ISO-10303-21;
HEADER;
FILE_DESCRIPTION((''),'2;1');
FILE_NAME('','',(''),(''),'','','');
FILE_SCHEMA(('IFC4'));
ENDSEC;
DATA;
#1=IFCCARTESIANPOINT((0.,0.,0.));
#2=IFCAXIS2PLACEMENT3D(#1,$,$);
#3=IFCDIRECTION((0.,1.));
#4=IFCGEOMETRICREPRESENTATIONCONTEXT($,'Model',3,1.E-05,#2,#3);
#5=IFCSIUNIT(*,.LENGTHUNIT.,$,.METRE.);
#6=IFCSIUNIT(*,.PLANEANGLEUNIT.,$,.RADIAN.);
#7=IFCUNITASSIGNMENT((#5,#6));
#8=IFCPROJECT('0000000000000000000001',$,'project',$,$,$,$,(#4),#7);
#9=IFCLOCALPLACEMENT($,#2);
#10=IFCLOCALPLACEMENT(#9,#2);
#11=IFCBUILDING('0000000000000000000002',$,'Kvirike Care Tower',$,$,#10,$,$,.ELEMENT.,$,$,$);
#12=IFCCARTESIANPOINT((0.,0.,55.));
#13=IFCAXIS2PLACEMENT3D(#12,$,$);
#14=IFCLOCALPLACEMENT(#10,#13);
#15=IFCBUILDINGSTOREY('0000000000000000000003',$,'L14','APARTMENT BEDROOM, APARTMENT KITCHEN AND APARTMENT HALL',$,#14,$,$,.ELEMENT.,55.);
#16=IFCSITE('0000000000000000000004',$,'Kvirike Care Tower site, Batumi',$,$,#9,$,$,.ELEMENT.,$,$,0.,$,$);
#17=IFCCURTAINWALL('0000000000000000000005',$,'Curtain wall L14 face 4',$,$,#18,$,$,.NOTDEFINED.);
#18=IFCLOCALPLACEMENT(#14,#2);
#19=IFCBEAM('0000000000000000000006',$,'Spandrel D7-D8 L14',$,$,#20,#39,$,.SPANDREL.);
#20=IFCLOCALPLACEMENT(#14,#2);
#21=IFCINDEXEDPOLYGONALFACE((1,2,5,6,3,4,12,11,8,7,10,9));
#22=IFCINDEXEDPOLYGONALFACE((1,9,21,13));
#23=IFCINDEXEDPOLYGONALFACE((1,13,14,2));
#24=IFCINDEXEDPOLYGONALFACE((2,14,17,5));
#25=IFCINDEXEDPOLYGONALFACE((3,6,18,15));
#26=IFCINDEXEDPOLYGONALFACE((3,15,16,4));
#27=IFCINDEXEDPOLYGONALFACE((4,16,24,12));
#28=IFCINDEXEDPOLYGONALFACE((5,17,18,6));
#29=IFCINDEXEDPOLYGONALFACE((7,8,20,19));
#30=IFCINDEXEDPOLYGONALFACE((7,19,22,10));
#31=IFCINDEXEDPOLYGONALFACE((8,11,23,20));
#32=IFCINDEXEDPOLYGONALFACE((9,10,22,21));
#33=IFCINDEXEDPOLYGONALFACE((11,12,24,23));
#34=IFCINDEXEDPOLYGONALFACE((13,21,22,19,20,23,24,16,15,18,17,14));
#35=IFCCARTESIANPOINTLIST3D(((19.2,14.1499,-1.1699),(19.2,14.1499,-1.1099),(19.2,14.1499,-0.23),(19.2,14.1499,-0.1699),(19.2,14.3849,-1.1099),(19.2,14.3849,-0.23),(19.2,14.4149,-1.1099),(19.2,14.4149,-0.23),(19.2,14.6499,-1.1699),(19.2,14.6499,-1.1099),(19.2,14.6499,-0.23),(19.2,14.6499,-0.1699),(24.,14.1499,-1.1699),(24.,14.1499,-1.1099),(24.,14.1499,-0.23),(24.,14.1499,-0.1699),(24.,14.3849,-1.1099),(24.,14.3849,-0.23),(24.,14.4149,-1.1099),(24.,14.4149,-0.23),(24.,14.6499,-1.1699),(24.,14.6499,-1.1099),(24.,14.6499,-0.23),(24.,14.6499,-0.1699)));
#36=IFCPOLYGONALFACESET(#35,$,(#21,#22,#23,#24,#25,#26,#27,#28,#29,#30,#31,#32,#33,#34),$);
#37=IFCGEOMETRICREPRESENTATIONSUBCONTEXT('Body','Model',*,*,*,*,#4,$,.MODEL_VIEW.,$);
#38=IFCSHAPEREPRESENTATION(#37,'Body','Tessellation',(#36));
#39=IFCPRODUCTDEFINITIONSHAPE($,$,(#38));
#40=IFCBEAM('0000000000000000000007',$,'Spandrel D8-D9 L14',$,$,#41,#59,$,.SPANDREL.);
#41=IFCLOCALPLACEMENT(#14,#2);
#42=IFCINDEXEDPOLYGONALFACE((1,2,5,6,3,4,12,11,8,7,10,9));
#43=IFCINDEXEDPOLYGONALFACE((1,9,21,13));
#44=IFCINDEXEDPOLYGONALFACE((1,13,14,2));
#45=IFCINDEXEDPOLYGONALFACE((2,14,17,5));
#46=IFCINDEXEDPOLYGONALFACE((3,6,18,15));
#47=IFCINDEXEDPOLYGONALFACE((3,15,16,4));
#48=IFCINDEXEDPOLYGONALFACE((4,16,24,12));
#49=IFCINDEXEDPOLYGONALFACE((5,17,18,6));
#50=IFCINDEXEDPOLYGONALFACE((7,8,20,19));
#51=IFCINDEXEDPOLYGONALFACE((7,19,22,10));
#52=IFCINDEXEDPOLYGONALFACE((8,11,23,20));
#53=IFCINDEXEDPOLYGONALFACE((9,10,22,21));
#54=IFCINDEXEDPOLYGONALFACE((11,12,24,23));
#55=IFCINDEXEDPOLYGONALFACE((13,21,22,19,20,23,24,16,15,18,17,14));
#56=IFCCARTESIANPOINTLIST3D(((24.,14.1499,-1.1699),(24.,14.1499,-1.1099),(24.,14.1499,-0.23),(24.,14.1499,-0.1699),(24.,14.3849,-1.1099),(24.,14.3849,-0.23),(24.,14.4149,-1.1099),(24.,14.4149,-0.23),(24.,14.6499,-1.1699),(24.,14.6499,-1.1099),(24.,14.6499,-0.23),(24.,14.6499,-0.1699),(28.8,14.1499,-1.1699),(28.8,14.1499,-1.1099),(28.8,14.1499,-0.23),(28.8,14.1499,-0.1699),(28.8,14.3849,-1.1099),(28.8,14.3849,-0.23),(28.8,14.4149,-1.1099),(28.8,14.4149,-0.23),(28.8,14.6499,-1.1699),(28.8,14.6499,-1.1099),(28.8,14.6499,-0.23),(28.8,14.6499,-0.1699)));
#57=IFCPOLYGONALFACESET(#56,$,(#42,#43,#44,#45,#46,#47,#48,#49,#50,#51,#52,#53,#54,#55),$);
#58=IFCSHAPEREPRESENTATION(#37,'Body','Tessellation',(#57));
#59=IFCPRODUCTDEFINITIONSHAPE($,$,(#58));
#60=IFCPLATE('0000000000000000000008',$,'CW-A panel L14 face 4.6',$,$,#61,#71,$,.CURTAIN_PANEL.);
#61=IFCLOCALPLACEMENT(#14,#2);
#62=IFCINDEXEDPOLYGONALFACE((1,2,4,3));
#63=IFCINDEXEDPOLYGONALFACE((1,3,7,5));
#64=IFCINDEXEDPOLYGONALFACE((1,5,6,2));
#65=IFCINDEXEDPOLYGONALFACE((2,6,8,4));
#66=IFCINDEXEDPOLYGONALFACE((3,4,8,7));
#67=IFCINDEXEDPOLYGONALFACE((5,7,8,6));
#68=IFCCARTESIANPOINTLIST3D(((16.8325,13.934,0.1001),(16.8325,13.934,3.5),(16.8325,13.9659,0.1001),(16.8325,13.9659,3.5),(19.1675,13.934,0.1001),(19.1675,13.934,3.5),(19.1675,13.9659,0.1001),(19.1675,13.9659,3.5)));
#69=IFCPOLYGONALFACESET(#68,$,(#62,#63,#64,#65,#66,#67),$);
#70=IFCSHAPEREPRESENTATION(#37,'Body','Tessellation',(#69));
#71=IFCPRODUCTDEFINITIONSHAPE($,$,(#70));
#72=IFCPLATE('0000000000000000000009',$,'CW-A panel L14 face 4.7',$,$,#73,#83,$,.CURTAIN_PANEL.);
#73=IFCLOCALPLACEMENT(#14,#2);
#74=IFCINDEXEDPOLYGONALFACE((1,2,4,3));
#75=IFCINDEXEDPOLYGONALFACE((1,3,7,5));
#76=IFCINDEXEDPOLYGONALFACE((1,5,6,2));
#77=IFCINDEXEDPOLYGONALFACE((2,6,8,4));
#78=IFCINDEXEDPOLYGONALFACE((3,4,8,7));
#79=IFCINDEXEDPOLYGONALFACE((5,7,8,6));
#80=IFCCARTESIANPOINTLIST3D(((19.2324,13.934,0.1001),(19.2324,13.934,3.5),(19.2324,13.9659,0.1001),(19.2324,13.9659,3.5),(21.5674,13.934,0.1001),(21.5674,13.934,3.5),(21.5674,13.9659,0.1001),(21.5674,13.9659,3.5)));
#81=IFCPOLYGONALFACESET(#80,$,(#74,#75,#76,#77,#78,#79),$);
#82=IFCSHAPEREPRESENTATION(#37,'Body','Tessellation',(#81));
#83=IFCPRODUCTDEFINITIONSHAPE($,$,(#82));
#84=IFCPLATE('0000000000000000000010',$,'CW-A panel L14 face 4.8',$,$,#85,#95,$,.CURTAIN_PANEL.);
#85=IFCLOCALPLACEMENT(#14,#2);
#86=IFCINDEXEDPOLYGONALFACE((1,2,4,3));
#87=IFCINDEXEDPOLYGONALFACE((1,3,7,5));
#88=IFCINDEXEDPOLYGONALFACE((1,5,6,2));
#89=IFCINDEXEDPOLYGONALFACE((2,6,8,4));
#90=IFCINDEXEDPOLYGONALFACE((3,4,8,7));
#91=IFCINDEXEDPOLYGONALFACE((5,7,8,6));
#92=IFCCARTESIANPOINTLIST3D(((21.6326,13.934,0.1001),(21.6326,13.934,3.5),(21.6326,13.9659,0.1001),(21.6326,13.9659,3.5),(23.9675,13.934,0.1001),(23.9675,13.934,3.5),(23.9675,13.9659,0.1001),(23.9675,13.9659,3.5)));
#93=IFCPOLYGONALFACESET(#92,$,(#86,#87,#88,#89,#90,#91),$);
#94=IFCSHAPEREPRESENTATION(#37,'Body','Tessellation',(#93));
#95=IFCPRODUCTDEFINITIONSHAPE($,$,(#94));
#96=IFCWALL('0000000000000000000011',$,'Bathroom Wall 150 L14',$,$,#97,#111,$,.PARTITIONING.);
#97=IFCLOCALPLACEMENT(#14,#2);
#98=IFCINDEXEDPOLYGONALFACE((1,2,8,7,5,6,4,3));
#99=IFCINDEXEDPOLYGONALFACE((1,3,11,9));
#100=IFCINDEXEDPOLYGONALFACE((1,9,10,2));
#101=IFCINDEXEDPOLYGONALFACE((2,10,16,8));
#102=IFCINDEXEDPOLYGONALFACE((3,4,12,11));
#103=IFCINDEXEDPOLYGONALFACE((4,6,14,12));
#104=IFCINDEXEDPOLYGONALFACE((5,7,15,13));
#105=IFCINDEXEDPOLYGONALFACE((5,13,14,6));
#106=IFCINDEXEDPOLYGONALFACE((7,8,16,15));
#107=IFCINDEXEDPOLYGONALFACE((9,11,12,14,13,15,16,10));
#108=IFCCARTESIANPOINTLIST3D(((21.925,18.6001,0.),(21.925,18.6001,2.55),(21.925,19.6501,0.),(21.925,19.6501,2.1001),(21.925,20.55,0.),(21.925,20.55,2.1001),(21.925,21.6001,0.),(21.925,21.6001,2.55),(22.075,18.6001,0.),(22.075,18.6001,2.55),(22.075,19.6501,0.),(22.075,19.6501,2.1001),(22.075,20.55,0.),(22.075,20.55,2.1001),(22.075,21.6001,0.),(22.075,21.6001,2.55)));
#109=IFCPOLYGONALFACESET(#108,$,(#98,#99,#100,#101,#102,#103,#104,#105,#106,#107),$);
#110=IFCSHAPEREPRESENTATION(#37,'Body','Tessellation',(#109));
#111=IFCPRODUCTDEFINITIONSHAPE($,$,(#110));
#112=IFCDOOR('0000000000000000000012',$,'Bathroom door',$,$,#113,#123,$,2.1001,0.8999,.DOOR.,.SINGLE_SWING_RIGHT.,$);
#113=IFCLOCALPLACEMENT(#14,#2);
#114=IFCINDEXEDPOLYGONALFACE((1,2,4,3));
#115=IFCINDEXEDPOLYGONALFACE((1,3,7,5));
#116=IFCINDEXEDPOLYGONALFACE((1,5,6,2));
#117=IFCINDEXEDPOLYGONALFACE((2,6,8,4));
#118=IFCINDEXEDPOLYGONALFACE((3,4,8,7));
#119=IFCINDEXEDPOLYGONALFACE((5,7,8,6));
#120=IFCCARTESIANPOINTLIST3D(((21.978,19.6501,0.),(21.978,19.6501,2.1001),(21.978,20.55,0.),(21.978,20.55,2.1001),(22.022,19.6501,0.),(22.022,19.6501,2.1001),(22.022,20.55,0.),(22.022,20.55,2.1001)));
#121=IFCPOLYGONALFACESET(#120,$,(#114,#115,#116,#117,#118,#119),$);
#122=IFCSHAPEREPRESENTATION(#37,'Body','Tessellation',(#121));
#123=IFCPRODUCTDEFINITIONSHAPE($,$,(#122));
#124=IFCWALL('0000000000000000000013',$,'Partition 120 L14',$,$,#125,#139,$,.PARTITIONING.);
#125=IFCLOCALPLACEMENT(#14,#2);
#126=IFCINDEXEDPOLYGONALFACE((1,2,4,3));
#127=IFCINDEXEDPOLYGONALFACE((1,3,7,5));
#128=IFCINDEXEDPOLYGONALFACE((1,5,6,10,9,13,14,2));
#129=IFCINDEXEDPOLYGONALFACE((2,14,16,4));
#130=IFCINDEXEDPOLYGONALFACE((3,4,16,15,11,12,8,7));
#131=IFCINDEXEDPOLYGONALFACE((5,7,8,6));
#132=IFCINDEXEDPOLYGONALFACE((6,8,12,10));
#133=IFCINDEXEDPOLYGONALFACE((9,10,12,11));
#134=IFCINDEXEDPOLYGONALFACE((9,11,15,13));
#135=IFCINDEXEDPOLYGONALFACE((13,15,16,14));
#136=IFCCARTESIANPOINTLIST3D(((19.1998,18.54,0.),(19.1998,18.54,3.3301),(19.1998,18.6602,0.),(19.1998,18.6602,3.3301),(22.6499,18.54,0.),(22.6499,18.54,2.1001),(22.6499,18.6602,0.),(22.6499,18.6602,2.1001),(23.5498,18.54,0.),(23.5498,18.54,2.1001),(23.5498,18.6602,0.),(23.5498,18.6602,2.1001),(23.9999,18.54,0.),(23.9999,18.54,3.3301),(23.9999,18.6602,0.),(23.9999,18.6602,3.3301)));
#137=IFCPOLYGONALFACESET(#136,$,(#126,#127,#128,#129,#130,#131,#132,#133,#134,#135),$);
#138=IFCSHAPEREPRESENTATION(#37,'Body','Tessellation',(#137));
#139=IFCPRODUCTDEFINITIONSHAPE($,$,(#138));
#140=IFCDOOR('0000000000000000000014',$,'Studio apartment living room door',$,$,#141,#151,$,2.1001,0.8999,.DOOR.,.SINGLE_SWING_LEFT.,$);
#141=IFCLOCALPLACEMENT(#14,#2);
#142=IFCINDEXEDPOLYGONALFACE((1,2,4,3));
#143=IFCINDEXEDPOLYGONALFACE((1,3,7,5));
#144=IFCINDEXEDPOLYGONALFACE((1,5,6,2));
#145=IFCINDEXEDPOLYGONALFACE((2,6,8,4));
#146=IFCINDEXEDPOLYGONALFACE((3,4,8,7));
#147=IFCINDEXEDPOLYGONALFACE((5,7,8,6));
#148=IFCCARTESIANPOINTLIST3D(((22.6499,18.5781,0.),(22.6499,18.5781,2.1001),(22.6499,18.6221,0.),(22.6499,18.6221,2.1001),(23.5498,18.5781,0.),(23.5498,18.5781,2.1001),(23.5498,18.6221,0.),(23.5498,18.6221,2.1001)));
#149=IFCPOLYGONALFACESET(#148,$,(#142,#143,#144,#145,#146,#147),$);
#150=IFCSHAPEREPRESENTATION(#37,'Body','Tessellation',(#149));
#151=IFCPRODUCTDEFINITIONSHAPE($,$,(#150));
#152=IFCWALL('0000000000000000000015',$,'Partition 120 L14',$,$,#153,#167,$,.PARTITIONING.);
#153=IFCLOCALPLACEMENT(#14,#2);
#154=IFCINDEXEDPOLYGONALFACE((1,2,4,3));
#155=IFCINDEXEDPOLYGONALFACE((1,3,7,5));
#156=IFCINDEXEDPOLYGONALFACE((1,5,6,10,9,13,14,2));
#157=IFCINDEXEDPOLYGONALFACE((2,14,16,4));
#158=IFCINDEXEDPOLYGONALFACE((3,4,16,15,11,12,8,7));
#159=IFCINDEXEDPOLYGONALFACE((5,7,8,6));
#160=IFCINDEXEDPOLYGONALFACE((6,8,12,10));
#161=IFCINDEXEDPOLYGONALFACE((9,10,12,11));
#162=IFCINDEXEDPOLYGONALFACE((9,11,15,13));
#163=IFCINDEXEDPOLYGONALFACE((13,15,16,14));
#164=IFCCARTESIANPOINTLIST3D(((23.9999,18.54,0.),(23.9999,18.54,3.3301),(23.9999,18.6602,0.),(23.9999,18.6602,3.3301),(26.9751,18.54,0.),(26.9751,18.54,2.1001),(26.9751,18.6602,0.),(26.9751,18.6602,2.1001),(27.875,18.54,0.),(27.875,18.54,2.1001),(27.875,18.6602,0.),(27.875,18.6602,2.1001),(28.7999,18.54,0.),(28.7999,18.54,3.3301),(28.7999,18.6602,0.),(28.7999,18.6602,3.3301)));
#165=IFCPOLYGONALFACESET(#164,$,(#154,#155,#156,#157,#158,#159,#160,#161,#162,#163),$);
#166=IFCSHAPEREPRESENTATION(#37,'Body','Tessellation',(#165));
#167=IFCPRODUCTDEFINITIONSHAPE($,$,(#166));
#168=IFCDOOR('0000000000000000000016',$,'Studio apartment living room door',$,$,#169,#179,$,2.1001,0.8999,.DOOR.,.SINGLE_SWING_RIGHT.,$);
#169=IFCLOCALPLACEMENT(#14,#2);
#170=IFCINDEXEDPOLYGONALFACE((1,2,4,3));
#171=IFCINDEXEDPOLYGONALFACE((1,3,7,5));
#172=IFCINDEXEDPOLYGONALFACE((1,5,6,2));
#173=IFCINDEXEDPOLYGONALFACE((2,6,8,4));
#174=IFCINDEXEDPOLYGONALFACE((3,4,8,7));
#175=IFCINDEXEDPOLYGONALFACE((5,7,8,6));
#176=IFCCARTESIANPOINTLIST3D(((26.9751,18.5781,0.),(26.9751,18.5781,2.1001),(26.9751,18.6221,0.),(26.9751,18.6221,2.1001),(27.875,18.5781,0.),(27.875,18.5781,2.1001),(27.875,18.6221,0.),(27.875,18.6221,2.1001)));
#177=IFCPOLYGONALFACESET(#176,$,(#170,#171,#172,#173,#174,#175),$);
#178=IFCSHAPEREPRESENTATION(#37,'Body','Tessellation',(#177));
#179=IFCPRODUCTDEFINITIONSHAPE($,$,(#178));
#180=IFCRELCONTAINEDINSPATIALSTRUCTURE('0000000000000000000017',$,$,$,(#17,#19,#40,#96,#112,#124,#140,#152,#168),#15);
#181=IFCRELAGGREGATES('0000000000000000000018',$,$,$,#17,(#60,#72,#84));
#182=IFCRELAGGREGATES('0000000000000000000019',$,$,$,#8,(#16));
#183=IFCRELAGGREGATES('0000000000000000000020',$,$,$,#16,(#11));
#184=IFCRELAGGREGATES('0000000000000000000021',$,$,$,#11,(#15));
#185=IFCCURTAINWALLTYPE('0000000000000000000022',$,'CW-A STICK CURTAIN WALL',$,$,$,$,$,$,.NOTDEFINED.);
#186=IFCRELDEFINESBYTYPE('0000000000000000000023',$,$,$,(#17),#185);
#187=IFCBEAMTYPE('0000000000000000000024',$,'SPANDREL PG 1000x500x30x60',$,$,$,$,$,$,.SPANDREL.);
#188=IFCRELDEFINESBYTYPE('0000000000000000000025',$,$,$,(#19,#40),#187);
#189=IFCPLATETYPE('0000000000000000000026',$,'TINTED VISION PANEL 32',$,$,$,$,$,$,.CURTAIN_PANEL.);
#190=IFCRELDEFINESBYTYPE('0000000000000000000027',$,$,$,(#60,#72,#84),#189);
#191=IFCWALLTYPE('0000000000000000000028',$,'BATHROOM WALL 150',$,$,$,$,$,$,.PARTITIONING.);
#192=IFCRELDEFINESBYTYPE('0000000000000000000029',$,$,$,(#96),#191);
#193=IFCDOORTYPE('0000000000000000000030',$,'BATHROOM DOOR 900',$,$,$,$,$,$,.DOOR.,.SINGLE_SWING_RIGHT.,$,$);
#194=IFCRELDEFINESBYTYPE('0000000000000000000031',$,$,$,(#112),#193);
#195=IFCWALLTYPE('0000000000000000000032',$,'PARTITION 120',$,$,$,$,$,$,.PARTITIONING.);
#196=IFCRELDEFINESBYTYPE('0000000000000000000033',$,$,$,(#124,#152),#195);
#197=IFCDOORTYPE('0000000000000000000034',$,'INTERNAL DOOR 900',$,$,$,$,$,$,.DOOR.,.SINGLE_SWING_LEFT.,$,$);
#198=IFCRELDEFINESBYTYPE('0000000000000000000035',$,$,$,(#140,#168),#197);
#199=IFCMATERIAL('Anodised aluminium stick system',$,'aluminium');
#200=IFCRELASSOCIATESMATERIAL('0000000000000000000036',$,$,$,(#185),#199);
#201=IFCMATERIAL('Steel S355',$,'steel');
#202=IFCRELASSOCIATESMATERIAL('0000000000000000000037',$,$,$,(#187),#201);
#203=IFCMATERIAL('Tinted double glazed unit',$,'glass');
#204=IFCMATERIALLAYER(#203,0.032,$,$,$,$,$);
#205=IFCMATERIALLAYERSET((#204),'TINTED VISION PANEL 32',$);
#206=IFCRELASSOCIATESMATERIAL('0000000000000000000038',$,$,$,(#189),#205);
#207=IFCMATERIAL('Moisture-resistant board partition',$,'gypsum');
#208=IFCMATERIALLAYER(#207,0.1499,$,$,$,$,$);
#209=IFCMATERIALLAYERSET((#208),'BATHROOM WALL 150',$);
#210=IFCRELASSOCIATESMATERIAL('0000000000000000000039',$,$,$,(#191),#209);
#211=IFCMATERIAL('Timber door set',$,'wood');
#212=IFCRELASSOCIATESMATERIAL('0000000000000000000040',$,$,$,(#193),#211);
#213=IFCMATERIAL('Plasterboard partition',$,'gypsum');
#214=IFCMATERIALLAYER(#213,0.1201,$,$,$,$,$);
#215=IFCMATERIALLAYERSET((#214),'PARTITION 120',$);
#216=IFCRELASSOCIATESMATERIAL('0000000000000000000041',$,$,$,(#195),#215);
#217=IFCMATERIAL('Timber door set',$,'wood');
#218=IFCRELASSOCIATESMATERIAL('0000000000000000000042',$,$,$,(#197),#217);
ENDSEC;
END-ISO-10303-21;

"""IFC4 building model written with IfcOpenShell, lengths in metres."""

from ifc_helpers import new_model, si_unit, direction, frame, frame_2d, origin, origin_2d, place, context, subcontext, project, spatial, rectangle, i_section, extrude, material, layer, layer_set, material_profile, profile_set, type_object, element, fill, aggregate, save


model = new_model("IFC4")

# Units and contexts
model_context = context("Model", 3, precision=1e-05, world=origin(), true_north=direction((0.0, 1.0)))
body_context = subcontext(model_context, "Body", "Model", "MODEL_VIEW")
ifc_project = project(units=[si_unit("LENGTHUNIT", "METRE"), si_unit("PLANEANGLEUNIT", "RADIAN")], contexts=[model_context])

# Site, building, storey
site_placement = place(None, origin())
site = spatial("IfcSite", under=ifc_project, at=site_placement, Name="Kvirike Care Tower site, Batumi", CompositionType="ELEMENT", RefElevation=0.0)
building_placement = place(site_placement, origin())
building = spatial("IfcBuilding", under=site, at=building_placement, Name="Kvirike Care Tower", CompositionType="ELEMENT")
storey_placement = place(building_placement, frame((0.0, 0.0, 55.0)))
storey = spatial("IfcBuildingStorey", under=building, at=storey_placement, Name="L14", Description="APARTMENT BEDROOM, APARTMENT KITCHEN AND APARTMENT HALL", CompositionType="ELEMENT", Elevation=55.0)

# Curtain wall
ifc_material_1 = material(Name="Anodised aluminium stick system", Category="aluminium")
curtain_wall_type = type_object("IfcCurtainWallType", Name="CW-A STICK CURTAIN WALL", PredefinedType="NOTDEFINED", material=ifc_material_1)
curtain_wall_placement = place(storey_placement, origin())
curtain_wall = element("IfcCurtainWall", 1, at=curtain_wall_placement, inside=storey, type_object=curtain_wall_type, Name="Curtain wall L14 face 4", PredefinedType="NOTDEFINED")

# Beams
ifc_material_2 = material(Name="Steel S355", Category="steel")
ifc_material_profile_1 = material_profile(ifc_material_2, i_section(OverallWidth=0.5, OverallDepth=1.0, WebThickness=0.03, FlangeThickness=0.0601, at=origin_2d()), Name="PG 1000x500x30x60")
ifc_profile_set_1 = profile_set([ifc_material_profile_1], Name="Steel S355")
beam_type_1 = type_object("IfcBeamType", Name="SPANDREL PG 1000x500x30x60", PredefinedType="SPANDREL", material=ifc_profile_set_1)
for number, where, z_axis, x_axis, name in (
    (2, (19.2, 14.3999, -0.6699), (1.0, 0.0, 0.0), (0.0, 1.0, 0.0), "Spandrel D7-D8 L14"),
    (3, (24.0, 14.3999, -0.6699), (1.0, 0.0, 0.0), (0.0, 1.0, 0.0), "Spandrel D8-D9 L14"),
):
    element("IfcBeam", number, at=place(storey_placement, frame(where, z_axis=z_axis, x_axis=x_axis)), inside=storey, type_object=beam_type_1, Name=name, PredefinedType="SPANDREL", context=body_context, shape_type="SweptSolid", body=[
        extrude(i_section(OverallWidth=0.5, OverallDepth=1.0, WebThickness=0.03, FlangeThickness=0.0601, at=origin_2d()), origin(), (0.0, 0.0, 1.0), 4.8),
    ])

# Plates
ifc_material_3 = material(Name="Tinted double glazed unit", Category="glass")
ifc_layer_1 = layer(ifc_material_3, 0.032)
ifc_layer_set_1 = layer_set([ifc_layer_1], Name="TINTED VISION PANEL 32")
plate_type = type_object("IfcPlateType", Name="TINTED VISION PANEL 32", PredefinedType="CURTAIN_PANEL", material=ifc_layer_set_1)
plate_1_placement = place(storey_placement, frame((18.0, 13.95, 0.1001), z_axis=(0.0, 0.0, 1.0), x_axis=(1.0, 0.0, 0.0)))
plate_1 = element("IfcPlate", 4, at=plate_1_placement, type_object=plate_type, Name="CW-A panel L14 face 4.6", PredefinedType="CURTAIN_PANEL", context=body_context, shape_type="SweptSolid", body=[
    extrude(rectangle(XDim=2.335, YDim=0.032, at=origin_2d()), origin(), (0.0, 0.0, 1.0), 3.3999),
])
plate_2_placement = place(storey_placement, frame((20.3999, 13.95, 0.1001), z_axis=(0.0, 0.0, 1.0), x_axis=(1.0, 0.0, 0.0)))
plate_2 = element("IfcPlate", 5, at=plate_2_placement, type_object=plate_type, Name="CW-A panel L14 face 4.7", PredefinedType="CURTAIN_PANEL", context=body_context, shape_type="SweptSolid", body=[
    extrude(rectangle(XDim=2.335, YDim=0.032, at=origin_2d()), origin(), (0.0, 0.0, 1.0), 3.3999),
])
plate_3_placement = place(storey_placement, frame((22.8, 13.95, 0.1001), z_axis=(0.0, 0.0, 1.0), x_axis=(1.0, 0.0, 0.0)))
plate_3 = element("IfcPlate", 6, at=plate_3_placement, type_object=plate_type, Name="CW-A panel L14 face 4.8", PredefinedType="CURTAIN_PANEL", context=body_context, shape_type="SweptSolid", body=[
    extrude(rectangle(XDim=2.335, YDim=0.032, at=origin_2d()), origin(), (0.0, 0.0, 1.0), 3.3999),
])
aggregate(curtain_wall, [plate_1, plate_2, plate_3])

# Walls, openings, doors
ifc_material_4 = material(Name="Moisture-resistant board partition", Category="gypsum")
ifc_layer_2 = layer(ifc_material_4, 0.1499)
ifc_layer_set_2 = layer_set([ifc_layer_2], Name="BATHROOM WALL 150")
wall_type_1 = type_object("IfcWallType", Name="BATHROOM WALL 150", PredefinedType="PARTITIONING", material=ifc_layer_set_2)
wall_1_placement = place(storey_placement, frame((22.0, 18.6001, 0.0), z_axis=(0.0, 0.0, 1.0), x_axis=(0.0, 1.0, 0.0)))
wall_1 = element("IfcWall", 7, at=wall_1_placement, inside=storey, type_object=wall_type_1, Name="Bathroom Wall 150 L14", PredefinedType="PARTITIONING", context=body_context, shape_type="SweptSolid", body=[
    extrude(rectangle(XDim=3.0, YDim=0.1499, at=frame_2d((1.5, 0.0))), origin(), (0.0, 0.0, 1.0), 2.55),
])
opening_1_placement = place(wall_1_placement, frame((1.05, 0.0, 0.0)))
opening_1 = element("IfcOpeningElement", 8, at=opening_1_placement, cuts=wall_1, PredefinedType="OPENING", context=body_context, shape_type="SweptSolid", body=[
    extrude(rectangle(XDim=0.8999, YDim=2.1001, at=frame_2d((0.45, 1.05))), frame((0.0, 0.0854, 0.0), z_axis=(0.0, -1.0, 0.0), x_axis=(1.0, 0.0, 0.0)), (0.0, 0.0, 1.0), 0.1709),
])
ifc_material_5 = material(Name="Timber door set", Category="wood")
door_type_1 = type_object("IfcDoorType", Name="BATHROOM DOOR 900", OperationType="SINGLE_SWING_RIGHT", PredefinedType="DOOR", material=ifc_material_5)
door_1_placement = place(opening_1_placement, origin())
door_1 = element("IfcDoor", 9, at=door_1_placement, inside=storey, type_object=door_type_1, Name="Bathroom door", OperationType="SINGLE_SWING_RIGHT", OverallHeight=2.1001, OverallWidth=0.8999, PredefinedType="DOOR", context=body_context, shape_type="SweptSolid", body=[
    extrude(rectangle(XDim=0.8999, YDim=2.1001, at=frame_2d((0.45, 1.05))), frame((0.0, 0.022, 0.0), z_axis=(0.0, -1.0, 0.0), x_axis=(1.0, 0.0, 0.0)), (0.0, 0.0, 1.0), 0.0439),
])
fill(opening_1, door_1)
ifc_material_6 = material(Name="Plasterboard partition", Category="gypsum")
ifc_layer_3 = layer(ifc_material_6, 0.1201)
ifc_layer_set_3 = layer_set([ifc_layer_3], Name="PARTITION 120")
wall_type_2 = type_object("IfcWallType", Name="PARTITION 120", PredefinedType="PARTITIONING", material=ifc_layer_set_3)
wall_2_placement = place(storey_placement, frame((19.2, 18.6001, 0.0), z_axis=(0.0, 0.0, 1.0), x_axis=(1.0, 0.0, 0.0)))
wall_2 = element("IfcWall", 10, at=wall_2_placement, inside=storey, type_object=wall_type_2, Name="Partition 120 L14", PredefinedType="PARTITIONING", context=body_context, shape_type="SweptSolid", body=[
    extrude(rectangle(XDim=4.8, YDim=0.1201, at=frame_2d((2.3999, 0.0))), origin(), (0.0, 0.0, 1.0), 3.3301),
])
opening_2_placement = place(wall_2_placement, frame((3.45, 0.0, 0.0)))
opening_2 = element("IfcOpeningElement", 11, at=opening_2_placement, cuts=wall_2, PredefinedType="OPENING", context=body_context, shape_type="SweptSolid", body=[
    extrude(rectangle(XDim=0.8999, YDim=2.1001, at=frame_2d((0.45, 1.05))), frame((0.0, 0.0706, 0.0), z_axis=(0.0, -1.0, 0.0), x_axis=(1.0, 0.0, 0.0)), (0.0, 0.0, 1.0), 0.1411),
])
ifc_material_7 = material(Name="Timber door set", Category="wood")
door_type_2 = type_object("IfcDoorType", Name="INTERNAL DOOR 900", OperationType="SINGLE_SWING_LEFT", PredefinedType="DOOR", material=ifc_material_7)
door_2_placement = place(opening_2_placement, frame((0.8999, 0.0, 0.0), z_axis=(0.0, 0.0, 1.0), x_axis=(-1.0, 0.0, 0.0)))
door_2 = element("IfcDoor", 12, at=door_2_placement, inside=storey, type_object=door_type_2, Name="Studio apartment living room door", OperationType="SINGLE_SWING_LEFT", OverallHeight=2.1001, OverallWidth=0.8999, PredefinedType="DOOR", context=body_context, shape_type="SweptSolid", body=[
    extrude(rectangle(XDim=0.8999, YDim=2.1001, at=frame_2d((0.45, 1.05))), frame((0.0, 0.022, 0.0), z_axis=(0.0, -1.0, 0.0), x_axis=(1.0, 0.0, 0.0)), (0.0, 0.0, 1.0), 0.0439),
])
fill(opening_2, door_2)
wall_3_placement = place(storey_placement, frame((24.0, 18.6001, 0.0), z_axis=(0.0, 0.0, 1.0), x_axis=(1.0, 0.0, 0.0)))
wall_3 = element("IfcWall", 13, at=wall_3_placement, inside=storey, type_object=wall_type_2, Name="Partition 120 L14", PredefinedType="PARTITIONING", context=body_context, shape_type="SweptSolid", body=[
    extrude(rectangle(XDim=4.8, YDim=0.1201, at=frame_2d((2.3999, 0.0))), origin(), (0.0, 0.0, 1.0), 3.3301),
])
opening_3_placement = place(wall_3_placement, frame((2.9751, 0.0, 0.0)))
opening_3 = element("IfcOpeningElement", 14, at=opening_3_placement, cuts=wall_3, PredefinedType="OPENING", context=body_context, shape_type="SweptSolid", body=[
    extrude(rectangle(XDim=0.8999, YDim=2.1001, at=frame_2d((0.45, 1.05))), frame((0.0, 0.0706, 0.0), z_axis=(0.0, -1.0, 0.0), x_axis=(1.0, 0.0, 0.0)), (0.0, 0.0, 1.0), 0.1411),
])
door_3_placement = place(opening_3_placement, frame((0.8999, 0.0, 0.0), z_axis=(0.0, 0.0, 1.0), x_axis=(-1.0, 0.0, 0.0)))
door_3 = element("IfcDoor", 15, at=door_3_placement, inside=storey, type_object=door_type_2, Name="Studio apartment living room door", OperationType="SINGLE_SWING_RIGHT", OverallHeight=2.1001, OverallWidth=0.8999, PredefinedType="DOOR", context=body_context, shape_type="SweptSolid", body=[
    extrude(rectangle(XDim=0.8999, YDim=2.1001, at=frame_2d((0.45, 1.05))), frame((0.0, 0.022, 0.0), z_axis=(0.0, -1.0, 0.0), x_axis=(1.0, 0.0, 0.0)), (0.0, 0.0, 1.0), 0.0439),
])
fill(opening_3, door_3)

save(model, "model.ifc")
